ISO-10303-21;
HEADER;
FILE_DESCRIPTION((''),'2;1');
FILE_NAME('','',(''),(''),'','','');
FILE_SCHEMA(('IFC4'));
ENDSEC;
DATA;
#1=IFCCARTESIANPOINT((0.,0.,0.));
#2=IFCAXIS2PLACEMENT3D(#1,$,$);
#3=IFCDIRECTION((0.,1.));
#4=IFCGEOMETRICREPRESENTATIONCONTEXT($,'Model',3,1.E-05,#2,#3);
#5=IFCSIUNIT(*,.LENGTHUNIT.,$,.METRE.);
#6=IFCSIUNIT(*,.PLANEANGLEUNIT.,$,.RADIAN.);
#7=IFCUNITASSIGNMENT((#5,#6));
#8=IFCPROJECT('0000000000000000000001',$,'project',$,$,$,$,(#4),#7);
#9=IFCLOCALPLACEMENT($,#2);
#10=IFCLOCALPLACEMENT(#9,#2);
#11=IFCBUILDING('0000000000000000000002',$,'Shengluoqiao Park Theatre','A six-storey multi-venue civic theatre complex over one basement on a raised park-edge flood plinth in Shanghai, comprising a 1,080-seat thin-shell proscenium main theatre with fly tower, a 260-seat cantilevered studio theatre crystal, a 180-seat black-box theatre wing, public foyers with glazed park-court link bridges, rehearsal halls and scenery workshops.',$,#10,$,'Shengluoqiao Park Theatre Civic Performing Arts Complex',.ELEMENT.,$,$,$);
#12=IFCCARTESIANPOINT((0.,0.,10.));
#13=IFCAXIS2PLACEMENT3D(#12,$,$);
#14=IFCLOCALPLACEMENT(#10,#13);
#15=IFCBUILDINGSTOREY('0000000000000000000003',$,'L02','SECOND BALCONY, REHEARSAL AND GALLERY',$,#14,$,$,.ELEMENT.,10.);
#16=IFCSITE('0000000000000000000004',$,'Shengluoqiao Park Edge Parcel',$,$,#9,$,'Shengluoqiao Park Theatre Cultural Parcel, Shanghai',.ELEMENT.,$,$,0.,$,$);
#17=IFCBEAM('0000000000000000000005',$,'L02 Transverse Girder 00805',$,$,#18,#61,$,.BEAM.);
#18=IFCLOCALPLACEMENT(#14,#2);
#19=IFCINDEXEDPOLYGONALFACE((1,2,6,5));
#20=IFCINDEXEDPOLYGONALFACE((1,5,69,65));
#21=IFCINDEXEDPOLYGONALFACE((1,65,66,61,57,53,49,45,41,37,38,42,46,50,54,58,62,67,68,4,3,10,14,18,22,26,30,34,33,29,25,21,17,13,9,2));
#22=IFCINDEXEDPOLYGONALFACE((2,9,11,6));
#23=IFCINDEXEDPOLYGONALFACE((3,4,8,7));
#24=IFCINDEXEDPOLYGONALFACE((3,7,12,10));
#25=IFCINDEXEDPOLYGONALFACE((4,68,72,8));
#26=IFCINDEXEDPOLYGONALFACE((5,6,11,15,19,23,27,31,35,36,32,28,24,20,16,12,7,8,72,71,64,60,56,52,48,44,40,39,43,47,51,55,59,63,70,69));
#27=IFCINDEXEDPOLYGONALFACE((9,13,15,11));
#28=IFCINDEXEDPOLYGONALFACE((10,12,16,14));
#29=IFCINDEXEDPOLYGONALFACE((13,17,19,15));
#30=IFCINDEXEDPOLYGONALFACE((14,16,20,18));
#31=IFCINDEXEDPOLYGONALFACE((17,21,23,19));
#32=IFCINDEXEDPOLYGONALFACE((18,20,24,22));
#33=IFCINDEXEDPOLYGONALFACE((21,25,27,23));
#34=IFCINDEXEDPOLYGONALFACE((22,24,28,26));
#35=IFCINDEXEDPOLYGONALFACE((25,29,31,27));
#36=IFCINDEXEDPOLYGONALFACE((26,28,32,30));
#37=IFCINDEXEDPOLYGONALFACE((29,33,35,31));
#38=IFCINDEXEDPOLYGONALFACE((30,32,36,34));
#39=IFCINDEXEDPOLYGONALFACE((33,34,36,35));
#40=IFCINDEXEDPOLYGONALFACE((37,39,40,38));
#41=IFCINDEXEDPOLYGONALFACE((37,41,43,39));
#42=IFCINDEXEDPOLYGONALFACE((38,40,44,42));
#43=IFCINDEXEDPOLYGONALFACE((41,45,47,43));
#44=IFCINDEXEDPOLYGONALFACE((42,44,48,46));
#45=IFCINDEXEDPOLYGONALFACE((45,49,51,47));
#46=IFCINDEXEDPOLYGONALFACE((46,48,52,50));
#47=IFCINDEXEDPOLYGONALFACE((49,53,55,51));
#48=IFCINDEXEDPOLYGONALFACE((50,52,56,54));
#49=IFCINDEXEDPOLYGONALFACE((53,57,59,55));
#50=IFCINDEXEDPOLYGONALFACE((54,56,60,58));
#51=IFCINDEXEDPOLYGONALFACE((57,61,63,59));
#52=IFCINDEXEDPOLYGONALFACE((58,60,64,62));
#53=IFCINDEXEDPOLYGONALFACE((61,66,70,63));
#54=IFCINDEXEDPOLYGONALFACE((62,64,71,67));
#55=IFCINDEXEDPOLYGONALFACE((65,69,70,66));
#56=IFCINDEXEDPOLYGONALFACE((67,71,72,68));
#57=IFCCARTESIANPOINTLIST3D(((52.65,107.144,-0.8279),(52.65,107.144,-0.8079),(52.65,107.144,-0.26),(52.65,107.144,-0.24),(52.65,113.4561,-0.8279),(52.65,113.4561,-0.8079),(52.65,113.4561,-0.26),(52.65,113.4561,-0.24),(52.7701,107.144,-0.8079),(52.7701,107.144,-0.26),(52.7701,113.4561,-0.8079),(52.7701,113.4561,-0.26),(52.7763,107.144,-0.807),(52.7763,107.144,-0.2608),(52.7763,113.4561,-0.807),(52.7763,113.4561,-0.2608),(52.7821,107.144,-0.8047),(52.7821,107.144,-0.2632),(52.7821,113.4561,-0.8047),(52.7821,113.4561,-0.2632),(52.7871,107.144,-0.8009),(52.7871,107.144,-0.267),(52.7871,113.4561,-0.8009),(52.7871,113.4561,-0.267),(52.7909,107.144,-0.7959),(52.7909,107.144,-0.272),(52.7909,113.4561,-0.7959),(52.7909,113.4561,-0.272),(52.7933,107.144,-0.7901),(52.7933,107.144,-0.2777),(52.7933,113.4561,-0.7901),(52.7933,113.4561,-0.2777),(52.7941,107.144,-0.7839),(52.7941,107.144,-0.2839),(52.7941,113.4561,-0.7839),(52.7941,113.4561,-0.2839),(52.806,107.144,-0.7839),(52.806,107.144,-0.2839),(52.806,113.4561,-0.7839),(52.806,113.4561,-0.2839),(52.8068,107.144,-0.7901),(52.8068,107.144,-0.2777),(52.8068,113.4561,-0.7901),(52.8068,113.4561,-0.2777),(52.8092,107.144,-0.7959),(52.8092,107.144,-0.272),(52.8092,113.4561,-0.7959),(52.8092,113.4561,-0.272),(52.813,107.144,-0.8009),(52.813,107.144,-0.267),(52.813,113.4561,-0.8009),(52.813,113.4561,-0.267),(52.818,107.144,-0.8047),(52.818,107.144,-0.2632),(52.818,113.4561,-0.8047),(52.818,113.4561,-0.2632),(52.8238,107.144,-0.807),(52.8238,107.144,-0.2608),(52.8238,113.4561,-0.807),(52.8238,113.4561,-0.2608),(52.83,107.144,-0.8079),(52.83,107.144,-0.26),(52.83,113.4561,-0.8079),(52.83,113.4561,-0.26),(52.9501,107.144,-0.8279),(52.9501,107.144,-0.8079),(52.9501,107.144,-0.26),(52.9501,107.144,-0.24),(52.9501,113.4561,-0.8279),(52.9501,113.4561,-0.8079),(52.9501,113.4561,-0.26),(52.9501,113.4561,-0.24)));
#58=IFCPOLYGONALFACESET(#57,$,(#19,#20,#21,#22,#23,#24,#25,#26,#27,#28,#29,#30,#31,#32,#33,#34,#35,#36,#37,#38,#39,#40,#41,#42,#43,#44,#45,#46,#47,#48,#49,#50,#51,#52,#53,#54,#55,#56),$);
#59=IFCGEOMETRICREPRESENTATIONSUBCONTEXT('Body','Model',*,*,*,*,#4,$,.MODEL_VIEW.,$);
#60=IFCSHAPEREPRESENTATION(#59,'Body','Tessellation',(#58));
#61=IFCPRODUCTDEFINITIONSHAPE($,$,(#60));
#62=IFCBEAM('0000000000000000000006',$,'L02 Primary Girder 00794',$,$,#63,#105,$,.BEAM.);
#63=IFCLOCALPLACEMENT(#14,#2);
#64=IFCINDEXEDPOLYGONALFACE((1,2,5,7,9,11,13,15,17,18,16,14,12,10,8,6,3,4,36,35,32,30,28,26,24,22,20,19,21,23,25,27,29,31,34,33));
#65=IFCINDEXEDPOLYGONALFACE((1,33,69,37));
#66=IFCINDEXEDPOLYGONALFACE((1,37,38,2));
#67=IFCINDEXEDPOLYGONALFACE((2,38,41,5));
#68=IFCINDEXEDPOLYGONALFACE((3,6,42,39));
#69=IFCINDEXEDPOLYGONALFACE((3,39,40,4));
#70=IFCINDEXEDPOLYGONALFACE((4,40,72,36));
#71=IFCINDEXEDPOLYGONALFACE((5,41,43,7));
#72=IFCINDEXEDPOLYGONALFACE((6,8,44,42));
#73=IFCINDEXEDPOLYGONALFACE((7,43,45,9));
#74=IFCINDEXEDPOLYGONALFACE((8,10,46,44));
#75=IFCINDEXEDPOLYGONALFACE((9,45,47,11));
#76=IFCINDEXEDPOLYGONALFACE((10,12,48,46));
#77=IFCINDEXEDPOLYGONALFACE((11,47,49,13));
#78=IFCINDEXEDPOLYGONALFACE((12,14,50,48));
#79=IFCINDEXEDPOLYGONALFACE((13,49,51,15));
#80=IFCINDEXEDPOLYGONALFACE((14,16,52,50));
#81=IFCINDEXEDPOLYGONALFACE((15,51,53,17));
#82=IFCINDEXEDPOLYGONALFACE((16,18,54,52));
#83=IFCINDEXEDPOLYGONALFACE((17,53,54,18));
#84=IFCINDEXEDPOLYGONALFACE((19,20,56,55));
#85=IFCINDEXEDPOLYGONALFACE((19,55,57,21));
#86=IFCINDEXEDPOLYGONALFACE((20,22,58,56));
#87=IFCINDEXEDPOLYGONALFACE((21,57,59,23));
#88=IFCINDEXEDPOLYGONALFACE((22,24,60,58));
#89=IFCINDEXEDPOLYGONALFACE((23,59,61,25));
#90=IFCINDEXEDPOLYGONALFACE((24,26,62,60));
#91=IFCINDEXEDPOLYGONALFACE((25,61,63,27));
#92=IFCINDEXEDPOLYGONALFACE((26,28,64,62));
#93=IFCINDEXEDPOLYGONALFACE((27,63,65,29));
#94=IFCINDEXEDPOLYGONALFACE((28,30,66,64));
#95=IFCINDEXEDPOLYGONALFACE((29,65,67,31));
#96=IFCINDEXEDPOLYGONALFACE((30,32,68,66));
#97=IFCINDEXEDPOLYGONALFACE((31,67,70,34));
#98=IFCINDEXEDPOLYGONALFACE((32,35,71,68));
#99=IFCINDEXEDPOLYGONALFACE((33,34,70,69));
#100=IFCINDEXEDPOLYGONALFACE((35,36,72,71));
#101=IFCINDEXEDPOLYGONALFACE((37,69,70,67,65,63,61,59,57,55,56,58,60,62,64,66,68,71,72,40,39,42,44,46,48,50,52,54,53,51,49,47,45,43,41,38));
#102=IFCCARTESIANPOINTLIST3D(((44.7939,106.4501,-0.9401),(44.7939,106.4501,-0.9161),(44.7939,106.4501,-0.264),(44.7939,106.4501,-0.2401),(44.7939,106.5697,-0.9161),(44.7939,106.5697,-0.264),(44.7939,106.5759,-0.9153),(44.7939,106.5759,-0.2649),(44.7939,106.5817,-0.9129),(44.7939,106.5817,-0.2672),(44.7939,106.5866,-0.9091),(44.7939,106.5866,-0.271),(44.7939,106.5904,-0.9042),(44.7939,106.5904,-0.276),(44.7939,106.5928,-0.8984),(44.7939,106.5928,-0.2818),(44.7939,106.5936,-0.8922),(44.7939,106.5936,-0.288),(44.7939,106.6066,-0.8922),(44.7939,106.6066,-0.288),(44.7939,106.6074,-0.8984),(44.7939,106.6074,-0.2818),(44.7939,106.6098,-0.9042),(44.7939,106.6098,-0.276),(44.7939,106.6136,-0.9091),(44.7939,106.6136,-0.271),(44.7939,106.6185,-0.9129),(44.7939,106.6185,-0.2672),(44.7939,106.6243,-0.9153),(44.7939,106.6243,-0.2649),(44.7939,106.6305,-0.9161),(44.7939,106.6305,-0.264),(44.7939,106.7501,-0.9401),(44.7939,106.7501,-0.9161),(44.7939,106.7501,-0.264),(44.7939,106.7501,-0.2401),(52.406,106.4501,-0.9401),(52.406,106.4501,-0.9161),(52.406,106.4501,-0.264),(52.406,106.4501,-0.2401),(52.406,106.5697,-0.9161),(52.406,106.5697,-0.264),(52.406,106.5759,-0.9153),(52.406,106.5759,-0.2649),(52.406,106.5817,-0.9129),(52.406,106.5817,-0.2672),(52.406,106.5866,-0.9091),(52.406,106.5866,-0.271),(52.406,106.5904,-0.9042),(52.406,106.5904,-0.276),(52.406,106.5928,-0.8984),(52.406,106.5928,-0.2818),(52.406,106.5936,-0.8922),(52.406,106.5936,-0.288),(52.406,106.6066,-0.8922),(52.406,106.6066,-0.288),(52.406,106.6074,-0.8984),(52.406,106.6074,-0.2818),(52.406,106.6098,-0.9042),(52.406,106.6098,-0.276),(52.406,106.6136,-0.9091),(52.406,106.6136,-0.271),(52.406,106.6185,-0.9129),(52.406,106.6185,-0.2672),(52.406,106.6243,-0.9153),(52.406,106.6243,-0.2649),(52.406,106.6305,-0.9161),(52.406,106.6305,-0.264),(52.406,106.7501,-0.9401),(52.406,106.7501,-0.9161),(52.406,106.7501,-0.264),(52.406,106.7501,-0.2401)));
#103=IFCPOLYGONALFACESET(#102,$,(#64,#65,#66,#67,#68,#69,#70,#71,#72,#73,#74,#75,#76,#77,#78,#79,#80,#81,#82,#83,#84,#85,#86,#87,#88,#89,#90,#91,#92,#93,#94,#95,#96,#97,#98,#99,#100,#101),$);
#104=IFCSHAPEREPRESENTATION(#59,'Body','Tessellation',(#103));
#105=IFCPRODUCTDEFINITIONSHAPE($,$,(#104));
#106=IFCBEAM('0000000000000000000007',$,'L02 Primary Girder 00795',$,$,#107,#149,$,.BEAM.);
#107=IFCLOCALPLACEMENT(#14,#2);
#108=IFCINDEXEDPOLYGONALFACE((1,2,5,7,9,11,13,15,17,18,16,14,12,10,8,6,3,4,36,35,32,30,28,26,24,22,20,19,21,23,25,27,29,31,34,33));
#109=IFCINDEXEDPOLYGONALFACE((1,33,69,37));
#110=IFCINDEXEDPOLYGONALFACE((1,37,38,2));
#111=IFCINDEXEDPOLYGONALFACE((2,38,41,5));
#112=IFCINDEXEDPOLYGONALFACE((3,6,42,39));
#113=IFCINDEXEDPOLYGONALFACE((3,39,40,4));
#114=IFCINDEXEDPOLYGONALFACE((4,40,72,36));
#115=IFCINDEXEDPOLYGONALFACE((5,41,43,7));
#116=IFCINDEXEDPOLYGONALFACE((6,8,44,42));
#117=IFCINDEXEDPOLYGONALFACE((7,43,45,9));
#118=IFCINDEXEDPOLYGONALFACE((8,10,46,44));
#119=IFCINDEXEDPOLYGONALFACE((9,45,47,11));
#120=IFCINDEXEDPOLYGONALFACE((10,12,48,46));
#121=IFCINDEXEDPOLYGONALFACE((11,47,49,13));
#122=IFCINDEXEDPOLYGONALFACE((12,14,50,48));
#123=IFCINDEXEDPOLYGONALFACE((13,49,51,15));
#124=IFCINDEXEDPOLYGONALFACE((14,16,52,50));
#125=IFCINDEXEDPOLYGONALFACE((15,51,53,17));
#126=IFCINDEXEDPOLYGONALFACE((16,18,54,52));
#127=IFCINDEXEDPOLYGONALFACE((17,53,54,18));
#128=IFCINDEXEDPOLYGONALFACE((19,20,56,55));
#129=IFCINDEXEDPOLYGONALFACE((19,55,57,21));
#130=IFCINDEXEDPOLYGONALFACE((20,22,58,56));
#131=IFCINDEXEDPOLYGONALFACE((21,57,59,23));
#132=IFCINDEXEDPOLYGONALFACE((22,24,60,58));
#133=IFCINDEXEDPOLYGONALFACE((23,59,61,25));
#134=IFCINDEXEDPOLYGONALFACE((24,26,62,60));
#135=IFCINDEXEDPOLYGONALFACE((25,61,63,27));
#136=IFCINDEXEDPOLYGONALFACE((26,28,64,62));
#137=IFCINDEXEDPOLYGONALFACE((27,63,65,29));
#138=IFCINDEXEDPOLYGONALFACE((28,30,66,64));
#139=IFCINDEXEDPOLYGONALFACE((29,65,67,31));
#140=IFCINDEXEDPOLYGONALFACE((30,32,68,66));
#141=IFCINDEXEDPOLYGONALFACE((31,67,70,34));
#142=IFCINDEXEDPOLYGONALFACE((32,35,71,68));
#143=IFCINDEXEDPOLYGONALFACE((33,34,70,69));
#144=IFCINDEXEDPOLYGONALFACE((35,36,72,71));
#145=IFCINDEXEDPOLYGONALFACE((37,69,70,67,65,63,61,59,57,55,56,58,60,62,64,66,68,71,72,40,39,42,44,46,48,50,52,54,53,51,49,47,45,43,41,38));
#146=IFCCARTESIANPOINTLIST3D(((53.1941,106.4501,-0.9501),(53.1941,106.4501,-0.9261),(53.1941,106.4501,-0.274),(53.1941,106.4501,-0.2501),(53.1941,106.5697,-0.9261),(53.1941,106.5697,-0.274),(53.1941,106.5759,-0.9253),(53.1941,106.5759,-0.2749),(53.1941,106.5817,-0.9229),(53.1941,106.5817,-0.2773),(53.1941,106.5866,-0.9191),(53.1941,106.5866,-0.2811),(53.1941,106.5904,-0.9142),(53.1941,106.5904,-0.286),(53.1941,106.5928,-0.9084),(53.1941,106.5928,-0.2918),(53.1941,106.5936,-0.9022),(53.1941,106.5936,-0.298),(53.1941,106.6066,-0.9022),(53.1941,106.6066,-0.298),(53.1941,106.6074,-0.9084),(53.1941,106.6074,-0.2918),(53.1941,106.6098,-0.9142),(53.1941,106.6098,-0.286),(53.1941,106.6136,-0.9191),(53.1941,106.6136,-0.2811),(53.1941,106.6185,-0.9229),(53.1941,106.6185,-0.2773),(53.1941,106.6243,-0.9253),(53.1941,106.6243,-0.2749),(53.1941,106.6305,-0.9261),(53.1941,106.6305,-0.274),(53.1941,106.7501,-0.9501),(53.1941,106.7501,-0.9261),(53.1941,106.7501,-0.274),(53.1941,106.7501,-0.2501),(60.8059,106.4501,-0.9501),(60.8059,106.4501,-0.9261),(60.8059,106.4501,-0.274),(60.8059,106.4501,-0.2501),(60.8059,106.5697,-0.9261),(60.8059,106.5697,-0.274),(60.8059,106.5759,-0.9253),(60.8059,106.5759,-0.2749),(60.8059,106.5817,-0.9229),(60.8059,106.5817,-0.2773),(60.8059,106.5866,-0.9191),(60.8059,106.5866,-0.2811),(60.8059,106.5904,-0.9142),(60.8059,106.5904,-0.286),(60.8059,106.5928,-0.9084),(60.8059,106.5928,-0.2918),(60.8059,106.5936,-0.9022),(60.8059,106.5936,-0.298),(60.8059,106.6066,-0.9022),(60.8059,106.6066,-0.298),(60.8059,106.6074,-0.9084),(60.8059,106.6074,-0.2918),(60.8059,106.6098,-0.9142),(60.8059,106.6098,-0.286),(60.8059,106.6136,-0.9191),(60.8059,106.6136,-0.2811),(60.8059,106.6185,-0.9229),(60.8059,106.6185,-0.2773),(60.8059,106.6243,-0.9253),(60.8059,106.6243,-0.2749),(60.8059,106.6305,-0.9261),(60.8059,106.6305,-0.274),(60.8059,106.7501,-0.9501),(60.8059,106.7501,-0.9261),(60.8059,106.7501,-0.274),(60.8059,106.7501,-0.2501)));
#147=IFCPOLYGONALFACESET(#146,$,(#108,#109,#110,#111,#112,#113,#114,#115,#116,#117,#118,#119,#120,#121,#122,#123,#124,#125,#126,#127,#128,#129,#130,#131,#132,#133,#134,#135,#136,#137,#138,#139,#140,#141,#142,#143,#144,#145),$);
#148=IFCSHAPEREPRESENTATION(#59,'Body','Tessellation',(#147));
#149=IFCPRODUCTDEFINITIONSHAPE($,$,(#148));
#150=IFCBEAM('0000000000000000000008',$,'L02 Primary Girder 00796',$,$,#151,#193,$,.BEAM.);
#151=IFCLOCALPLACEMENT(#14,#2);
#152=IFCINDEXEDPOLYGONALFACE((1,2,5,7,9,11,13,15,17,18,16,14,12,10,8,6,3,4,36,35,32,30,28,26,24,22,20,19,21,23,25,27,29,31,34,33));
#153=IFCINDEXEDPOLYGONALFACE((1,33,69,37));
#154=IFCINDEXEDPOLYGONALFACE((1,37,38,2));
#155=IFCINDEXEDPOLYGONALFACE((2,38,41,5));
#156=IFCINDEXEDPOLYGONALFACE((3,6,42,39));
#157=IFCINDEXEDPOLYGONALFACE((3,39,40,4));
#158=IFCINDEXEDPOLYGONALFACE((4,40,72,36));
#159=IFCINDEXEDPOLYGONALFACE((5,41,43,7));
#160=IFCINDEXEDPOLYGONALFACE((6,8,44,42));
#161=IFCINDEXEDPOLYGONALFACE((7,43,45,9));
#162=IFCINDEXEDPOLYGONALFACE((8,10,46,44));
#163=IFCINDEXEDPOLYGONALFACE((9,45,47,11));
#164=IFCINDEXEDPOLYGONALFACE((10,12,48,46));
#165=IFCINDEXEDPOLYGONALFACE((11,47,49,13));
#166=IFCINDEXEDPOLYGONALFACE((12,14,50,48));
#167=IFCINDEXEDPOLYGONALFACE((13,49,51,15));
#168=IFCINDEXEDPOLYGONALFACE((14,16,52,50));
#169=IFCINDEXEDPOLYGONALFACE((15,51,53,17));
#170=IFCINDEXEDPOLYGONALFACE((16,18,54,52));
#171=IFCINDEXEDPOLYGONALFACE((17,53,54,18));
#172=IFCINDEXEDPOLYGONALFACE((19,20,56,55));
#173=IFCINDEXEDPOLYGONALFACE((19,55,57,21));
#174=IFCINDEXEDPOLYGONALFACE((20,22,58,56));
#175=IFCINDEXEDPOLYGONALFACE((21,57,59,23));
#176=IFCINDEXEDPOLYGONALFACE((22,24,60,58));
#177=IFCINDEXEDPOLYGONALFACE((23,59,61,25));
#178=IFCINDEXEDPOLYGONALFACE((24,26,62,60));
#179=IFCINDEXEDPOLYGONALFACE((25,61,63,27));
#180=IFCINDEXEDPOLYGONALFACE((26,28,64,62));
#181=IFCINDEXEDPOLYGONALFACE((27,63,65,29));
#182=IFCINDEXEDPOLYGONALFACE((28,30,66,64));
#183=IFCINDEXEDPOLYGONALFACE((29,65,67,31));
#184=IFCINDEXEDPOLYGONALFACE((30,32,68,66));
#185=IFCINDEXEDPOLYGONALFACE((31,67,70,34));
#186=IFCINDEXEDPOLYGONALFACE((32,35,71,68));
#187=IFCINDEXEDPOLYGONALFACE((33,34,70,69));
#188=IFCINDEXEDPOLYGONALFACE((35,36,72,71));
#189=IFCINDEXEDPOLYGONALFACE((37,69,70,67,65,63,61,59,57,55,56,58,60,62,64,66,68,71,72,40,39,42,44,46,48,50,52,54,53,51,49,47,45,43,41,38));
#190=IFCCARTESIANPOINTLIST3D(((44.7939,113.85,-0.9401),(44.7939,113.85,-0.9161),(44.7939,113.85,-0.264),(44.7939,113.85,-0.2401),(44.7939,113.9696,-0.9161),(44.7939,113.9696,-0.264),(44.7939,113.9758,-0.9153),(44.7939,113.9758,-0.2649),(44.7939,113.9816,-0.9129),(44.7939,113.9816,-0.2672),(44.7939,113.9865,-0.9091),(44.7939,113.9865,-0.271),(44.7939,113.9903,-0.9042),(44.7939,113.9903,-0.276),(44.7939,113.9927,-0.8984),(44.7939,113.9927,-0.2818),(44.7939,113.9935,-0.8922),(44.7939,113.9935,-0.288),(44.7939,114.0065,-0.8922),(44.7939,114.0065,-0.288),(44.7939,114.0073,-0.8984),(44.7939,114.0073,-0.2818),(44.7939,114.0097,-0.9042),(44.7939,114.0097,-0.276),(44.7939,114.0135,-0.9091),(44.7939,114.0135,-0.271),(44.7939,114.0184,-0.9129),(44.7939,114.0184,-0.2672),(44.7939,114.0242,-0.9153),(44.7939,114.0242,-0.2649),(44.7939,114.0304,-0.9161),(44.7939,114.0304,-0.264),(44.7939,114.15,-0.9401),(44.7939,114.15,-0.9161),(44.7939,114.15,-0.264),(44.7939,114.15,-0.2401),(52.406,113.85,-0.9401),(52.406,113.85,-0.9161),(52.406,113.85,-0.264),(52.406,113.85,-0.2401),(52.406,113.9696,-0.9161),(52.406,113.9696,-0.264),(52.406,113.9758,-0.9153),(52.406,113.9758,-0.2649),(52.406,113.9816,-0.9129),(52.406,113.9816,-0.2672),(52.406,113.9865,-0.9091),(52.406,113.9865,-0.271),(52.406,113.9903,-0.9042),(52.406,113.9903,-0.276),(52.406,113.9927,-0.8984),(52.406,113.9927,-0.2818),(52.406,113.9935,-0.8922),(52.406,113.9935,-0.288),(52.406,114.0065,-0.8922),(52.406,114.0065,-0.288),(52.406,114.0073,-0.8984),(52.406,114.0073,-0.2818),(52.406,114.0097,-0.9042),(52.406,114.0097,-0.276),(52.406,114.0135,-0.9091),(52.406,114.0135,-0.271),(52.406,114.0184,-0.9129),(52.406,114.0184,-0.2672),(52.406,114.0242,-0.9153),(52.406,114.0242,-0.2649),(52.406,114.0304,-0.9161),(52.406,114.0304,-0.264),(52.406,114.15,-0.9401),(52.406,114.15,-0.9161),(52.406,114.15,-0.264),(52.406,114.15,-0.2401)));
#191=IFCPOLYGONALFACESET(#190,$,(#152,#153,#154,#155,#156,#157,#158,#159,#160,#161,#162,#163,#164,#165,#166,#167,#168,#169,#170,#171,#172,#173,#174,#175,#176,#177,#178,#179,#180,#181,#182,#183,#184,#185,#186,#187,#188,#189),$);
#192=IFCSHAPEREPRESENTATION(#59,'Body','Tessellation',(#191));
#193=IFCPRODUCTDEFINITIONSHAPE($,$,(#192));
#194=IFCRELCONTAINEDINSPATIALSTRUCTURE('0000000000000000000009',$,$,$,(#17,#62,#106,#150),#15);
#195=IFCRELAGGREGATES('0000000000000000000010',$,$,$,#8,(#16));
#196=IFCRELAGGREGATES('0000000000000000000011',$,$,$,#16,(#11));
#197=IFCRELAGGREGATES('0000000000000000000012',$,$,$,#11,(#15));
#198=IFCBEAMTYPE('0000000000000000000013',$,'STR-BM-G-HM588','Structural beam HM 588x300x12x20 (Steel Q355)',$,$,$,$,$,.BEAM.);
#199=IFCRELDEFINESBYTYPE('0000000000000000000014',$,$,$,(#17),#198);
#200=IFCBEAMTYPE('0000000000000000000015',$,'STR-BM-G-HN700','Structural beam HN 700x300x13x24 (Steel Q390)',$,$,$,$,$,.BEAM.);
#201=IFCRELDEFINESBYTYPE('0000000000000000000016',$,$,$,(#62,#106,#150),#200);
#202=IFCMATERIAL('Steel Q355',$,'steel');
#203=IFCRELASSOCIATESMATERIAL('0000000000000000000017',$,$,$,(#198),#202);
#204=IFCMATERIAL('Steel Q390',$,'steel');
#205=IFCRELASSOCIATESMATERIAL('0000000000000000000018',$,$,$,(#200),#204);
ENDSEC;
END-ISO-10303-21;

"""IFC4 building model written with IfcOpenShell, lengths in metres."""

from ifc_helpers import new_model, si_unit, direction, frame, origin, origin_2d, place, context, subcontext, project, spatial, i_section, extrude, material, material_profile, profile_set, type_object, element, save


model = new_model("IFC4")

# Units and contexts
model_context = context("Model", 3, precision=1e-05, world=origin(), true_north=direction((0.0, 1.0)))
body_context = subcontext(model_context, "Body", "Model", "MODEL_VIEW")
ifc_project = project(units=[si_unit("LENGTHUNIT", "METRE"), si_unit("PLANEANGLEUNIT", "RADIAN")], contexts=[model_context])

# Site, building, storey
site_placement = place(None, origin())
site = spatial("IfcSite", under=ifc_project, at=site_placement, Name="Shengluoqiao Park Edge Parcel", LongName="Shengluoqiao Park Theatre Cultural Parcel, Shanghai", CompositionType="ELEMENT", RefElevation=0.0)
building_placement = place(site_placement, origin())
building = spatial("IfcBuilding", under=site, at=building_placement, Name="Shengluoqiao Park Theatre", Description="A six-storey multi-venue civic theatre complex over one basement on a raised park-edge flood plinth in Shanghai, comprising a 1,080-seat thin-shell proscenium main theatre with fly tower, a 260-seat cantilevered studio theatre crystal, a 180-seat black-box theatre wing, public foyers with glazed park-court link bridges, rehearsal halls and scenery workshops.", LongName="Shengluoqiao Park Theatre Civic Performing Arts Complex", CompositionType="ELEMENT")
storey_placement = place(building_placement, frame((0.0, 0.0, 10.0)))
storey = spatial("IfcBuildingStorey", under=building, at=storey_placement, Name="L02", Description="SECOND BALCONY, REHEARSAL AND GALLERY", CompositionType="ELEMENT", Elevation=10.0)

# Beams
ifc_material_1 = material(Name="Steel Q355", Category="steel")
ifc_material_profile_1 = material_profile(ifc_material_1, i_section(OverallWidth=0.3, OverallDepth=0.5879, WebThickness=0.012, FlangeThickness=0.02, FilletRadius=0.0239, at=origin_2d()), Name="HM 588x300x12x20")
ifc_profile_set_1 = profile_set([ifc_material_profile_1], Name="Steel Q355")
beam_type_1 = type_object("IfcBeamType", Name="STR-BM-G-HM588", Description="Structural beam HM 588x300x12x20 (Steel Q355)", PredefinedType="BEAM", material=ifc_profile_set_1)
for number, where, z_axis, x_axis, name in (
    (1, (52.8, 107.144, -0.5339), (0.0, 1.0, 0.0), (-1.0, 0.0, 0.0), "L02 Transverse Girder 00805"),
):
    element("IfcBeam", number, at=place(storey_placement, frame(where, z_axis=z_axis, x_axis=x_axis)), inside=storey, type_object=beam_type_1, Name=name, PredefinedType="BEAM", context=body_context, shape_type="SweptSolid", body=[
        extrude(i_section(OverallWidth=0.3, OverallDepth=0.5879, WebThickness=0.012, FlangeThickness=0.02, FilletRadius=0.0239, at=origin_2d()), origin(), (0.0, 0.0, 1.0), 6.312),
    ])
ifc_material_2 = material(Name="Steel Q390", Category="steel")
ifc_material_profile_2 = material_profile(ifc_material_2, i_section(OverallWidth=0.3, OverallDepth=0.7, WebThickness=0.0129, FlangeThickness=0.0239, FilletRadius=0.0239, at=origin_2d()), Name="HN 700x300x13x24")
ifc_profile_set_2 = profile_set([ifc_material_profile_2], Name="Steel Q390")
beam_type_2 = type_object("IfcBeamType", Name="STR-BM-G-HN700", Description="Structural beam HN 700x300x13x24 (Steel Q390)", PredefinedType="BEAM", material=ifc_profile_set_2)
beam_1_placement = place(storey_placement, frame((44.7939, 106.6001, -0.5901), z_axis=(1.0, 0.0, 0.0), x_axis=(0.0, 1.0, 0.0)))
element("IfcBeam", 2, at=beam_1_placement, inside=storey, type_object=beam_type_2, Name="L02 Primary Girder 00794", PredefinedType="BEAM", context=body_context, shape_type="SweptSolid", body=[
    extrude(i_section(OverallWidth=0.3, OverallDepth=0.7, WebThickness=0.0129, FlangeThickness=0.0239, FilletRadius=0.0239, at=origin_2d()), origin(), (0.0, 0.0, 1.0), 7.6121),
])
beam_2_placement = place(storey_placement, frame((53.1941, 106.6001, -0.6001), z_axis=(1.0, 0.0, 0.0), x_axis=(0.0, 1.0, 0.0)))
element("IfcBeam", 3, at=beam_2_placement, inside=storey, type_object=beam_type_2, Name="L02 Primary Girder 00795", PredefinedType="BEAM", context=body_context, shape_type="SweptSolid", body=[
    extrude(i_section(OverallWidth=0.3, OverallDepth=0.7, WebThickness=0.0129, FlangeThickness=0.0239, FilletRadius=0.0239, at=origin_2d()), origin(), (0.0, 0.0, 1.0), 7.6118),
])
beam_3_placement = place(storey_placement, frame((44.7939, 114.0, -0.5901), z_axis=(1.0, 0.0, 0.0), x_axis=(0.0, 1.0, 0.0)))
element("IfcBeam", 4, at=beam_3_placement, inside=storey, type_object=beam_type_2, Name="L02 Primary Girder 00796", PredefinedType="BEAM", context=body_context, shape_type="SweptSolid", body=[
    extrude(i_section(OverallWidth=0.3, OverallDepth=0.7, WebThickness=0.0129, FlangeThickness=0.0239, FilletRadius=0.0239, at=origin_2d()), origin(), (0.0, 0.0, 1.0), 7.6121),
])

save(model, "model.ifc")
